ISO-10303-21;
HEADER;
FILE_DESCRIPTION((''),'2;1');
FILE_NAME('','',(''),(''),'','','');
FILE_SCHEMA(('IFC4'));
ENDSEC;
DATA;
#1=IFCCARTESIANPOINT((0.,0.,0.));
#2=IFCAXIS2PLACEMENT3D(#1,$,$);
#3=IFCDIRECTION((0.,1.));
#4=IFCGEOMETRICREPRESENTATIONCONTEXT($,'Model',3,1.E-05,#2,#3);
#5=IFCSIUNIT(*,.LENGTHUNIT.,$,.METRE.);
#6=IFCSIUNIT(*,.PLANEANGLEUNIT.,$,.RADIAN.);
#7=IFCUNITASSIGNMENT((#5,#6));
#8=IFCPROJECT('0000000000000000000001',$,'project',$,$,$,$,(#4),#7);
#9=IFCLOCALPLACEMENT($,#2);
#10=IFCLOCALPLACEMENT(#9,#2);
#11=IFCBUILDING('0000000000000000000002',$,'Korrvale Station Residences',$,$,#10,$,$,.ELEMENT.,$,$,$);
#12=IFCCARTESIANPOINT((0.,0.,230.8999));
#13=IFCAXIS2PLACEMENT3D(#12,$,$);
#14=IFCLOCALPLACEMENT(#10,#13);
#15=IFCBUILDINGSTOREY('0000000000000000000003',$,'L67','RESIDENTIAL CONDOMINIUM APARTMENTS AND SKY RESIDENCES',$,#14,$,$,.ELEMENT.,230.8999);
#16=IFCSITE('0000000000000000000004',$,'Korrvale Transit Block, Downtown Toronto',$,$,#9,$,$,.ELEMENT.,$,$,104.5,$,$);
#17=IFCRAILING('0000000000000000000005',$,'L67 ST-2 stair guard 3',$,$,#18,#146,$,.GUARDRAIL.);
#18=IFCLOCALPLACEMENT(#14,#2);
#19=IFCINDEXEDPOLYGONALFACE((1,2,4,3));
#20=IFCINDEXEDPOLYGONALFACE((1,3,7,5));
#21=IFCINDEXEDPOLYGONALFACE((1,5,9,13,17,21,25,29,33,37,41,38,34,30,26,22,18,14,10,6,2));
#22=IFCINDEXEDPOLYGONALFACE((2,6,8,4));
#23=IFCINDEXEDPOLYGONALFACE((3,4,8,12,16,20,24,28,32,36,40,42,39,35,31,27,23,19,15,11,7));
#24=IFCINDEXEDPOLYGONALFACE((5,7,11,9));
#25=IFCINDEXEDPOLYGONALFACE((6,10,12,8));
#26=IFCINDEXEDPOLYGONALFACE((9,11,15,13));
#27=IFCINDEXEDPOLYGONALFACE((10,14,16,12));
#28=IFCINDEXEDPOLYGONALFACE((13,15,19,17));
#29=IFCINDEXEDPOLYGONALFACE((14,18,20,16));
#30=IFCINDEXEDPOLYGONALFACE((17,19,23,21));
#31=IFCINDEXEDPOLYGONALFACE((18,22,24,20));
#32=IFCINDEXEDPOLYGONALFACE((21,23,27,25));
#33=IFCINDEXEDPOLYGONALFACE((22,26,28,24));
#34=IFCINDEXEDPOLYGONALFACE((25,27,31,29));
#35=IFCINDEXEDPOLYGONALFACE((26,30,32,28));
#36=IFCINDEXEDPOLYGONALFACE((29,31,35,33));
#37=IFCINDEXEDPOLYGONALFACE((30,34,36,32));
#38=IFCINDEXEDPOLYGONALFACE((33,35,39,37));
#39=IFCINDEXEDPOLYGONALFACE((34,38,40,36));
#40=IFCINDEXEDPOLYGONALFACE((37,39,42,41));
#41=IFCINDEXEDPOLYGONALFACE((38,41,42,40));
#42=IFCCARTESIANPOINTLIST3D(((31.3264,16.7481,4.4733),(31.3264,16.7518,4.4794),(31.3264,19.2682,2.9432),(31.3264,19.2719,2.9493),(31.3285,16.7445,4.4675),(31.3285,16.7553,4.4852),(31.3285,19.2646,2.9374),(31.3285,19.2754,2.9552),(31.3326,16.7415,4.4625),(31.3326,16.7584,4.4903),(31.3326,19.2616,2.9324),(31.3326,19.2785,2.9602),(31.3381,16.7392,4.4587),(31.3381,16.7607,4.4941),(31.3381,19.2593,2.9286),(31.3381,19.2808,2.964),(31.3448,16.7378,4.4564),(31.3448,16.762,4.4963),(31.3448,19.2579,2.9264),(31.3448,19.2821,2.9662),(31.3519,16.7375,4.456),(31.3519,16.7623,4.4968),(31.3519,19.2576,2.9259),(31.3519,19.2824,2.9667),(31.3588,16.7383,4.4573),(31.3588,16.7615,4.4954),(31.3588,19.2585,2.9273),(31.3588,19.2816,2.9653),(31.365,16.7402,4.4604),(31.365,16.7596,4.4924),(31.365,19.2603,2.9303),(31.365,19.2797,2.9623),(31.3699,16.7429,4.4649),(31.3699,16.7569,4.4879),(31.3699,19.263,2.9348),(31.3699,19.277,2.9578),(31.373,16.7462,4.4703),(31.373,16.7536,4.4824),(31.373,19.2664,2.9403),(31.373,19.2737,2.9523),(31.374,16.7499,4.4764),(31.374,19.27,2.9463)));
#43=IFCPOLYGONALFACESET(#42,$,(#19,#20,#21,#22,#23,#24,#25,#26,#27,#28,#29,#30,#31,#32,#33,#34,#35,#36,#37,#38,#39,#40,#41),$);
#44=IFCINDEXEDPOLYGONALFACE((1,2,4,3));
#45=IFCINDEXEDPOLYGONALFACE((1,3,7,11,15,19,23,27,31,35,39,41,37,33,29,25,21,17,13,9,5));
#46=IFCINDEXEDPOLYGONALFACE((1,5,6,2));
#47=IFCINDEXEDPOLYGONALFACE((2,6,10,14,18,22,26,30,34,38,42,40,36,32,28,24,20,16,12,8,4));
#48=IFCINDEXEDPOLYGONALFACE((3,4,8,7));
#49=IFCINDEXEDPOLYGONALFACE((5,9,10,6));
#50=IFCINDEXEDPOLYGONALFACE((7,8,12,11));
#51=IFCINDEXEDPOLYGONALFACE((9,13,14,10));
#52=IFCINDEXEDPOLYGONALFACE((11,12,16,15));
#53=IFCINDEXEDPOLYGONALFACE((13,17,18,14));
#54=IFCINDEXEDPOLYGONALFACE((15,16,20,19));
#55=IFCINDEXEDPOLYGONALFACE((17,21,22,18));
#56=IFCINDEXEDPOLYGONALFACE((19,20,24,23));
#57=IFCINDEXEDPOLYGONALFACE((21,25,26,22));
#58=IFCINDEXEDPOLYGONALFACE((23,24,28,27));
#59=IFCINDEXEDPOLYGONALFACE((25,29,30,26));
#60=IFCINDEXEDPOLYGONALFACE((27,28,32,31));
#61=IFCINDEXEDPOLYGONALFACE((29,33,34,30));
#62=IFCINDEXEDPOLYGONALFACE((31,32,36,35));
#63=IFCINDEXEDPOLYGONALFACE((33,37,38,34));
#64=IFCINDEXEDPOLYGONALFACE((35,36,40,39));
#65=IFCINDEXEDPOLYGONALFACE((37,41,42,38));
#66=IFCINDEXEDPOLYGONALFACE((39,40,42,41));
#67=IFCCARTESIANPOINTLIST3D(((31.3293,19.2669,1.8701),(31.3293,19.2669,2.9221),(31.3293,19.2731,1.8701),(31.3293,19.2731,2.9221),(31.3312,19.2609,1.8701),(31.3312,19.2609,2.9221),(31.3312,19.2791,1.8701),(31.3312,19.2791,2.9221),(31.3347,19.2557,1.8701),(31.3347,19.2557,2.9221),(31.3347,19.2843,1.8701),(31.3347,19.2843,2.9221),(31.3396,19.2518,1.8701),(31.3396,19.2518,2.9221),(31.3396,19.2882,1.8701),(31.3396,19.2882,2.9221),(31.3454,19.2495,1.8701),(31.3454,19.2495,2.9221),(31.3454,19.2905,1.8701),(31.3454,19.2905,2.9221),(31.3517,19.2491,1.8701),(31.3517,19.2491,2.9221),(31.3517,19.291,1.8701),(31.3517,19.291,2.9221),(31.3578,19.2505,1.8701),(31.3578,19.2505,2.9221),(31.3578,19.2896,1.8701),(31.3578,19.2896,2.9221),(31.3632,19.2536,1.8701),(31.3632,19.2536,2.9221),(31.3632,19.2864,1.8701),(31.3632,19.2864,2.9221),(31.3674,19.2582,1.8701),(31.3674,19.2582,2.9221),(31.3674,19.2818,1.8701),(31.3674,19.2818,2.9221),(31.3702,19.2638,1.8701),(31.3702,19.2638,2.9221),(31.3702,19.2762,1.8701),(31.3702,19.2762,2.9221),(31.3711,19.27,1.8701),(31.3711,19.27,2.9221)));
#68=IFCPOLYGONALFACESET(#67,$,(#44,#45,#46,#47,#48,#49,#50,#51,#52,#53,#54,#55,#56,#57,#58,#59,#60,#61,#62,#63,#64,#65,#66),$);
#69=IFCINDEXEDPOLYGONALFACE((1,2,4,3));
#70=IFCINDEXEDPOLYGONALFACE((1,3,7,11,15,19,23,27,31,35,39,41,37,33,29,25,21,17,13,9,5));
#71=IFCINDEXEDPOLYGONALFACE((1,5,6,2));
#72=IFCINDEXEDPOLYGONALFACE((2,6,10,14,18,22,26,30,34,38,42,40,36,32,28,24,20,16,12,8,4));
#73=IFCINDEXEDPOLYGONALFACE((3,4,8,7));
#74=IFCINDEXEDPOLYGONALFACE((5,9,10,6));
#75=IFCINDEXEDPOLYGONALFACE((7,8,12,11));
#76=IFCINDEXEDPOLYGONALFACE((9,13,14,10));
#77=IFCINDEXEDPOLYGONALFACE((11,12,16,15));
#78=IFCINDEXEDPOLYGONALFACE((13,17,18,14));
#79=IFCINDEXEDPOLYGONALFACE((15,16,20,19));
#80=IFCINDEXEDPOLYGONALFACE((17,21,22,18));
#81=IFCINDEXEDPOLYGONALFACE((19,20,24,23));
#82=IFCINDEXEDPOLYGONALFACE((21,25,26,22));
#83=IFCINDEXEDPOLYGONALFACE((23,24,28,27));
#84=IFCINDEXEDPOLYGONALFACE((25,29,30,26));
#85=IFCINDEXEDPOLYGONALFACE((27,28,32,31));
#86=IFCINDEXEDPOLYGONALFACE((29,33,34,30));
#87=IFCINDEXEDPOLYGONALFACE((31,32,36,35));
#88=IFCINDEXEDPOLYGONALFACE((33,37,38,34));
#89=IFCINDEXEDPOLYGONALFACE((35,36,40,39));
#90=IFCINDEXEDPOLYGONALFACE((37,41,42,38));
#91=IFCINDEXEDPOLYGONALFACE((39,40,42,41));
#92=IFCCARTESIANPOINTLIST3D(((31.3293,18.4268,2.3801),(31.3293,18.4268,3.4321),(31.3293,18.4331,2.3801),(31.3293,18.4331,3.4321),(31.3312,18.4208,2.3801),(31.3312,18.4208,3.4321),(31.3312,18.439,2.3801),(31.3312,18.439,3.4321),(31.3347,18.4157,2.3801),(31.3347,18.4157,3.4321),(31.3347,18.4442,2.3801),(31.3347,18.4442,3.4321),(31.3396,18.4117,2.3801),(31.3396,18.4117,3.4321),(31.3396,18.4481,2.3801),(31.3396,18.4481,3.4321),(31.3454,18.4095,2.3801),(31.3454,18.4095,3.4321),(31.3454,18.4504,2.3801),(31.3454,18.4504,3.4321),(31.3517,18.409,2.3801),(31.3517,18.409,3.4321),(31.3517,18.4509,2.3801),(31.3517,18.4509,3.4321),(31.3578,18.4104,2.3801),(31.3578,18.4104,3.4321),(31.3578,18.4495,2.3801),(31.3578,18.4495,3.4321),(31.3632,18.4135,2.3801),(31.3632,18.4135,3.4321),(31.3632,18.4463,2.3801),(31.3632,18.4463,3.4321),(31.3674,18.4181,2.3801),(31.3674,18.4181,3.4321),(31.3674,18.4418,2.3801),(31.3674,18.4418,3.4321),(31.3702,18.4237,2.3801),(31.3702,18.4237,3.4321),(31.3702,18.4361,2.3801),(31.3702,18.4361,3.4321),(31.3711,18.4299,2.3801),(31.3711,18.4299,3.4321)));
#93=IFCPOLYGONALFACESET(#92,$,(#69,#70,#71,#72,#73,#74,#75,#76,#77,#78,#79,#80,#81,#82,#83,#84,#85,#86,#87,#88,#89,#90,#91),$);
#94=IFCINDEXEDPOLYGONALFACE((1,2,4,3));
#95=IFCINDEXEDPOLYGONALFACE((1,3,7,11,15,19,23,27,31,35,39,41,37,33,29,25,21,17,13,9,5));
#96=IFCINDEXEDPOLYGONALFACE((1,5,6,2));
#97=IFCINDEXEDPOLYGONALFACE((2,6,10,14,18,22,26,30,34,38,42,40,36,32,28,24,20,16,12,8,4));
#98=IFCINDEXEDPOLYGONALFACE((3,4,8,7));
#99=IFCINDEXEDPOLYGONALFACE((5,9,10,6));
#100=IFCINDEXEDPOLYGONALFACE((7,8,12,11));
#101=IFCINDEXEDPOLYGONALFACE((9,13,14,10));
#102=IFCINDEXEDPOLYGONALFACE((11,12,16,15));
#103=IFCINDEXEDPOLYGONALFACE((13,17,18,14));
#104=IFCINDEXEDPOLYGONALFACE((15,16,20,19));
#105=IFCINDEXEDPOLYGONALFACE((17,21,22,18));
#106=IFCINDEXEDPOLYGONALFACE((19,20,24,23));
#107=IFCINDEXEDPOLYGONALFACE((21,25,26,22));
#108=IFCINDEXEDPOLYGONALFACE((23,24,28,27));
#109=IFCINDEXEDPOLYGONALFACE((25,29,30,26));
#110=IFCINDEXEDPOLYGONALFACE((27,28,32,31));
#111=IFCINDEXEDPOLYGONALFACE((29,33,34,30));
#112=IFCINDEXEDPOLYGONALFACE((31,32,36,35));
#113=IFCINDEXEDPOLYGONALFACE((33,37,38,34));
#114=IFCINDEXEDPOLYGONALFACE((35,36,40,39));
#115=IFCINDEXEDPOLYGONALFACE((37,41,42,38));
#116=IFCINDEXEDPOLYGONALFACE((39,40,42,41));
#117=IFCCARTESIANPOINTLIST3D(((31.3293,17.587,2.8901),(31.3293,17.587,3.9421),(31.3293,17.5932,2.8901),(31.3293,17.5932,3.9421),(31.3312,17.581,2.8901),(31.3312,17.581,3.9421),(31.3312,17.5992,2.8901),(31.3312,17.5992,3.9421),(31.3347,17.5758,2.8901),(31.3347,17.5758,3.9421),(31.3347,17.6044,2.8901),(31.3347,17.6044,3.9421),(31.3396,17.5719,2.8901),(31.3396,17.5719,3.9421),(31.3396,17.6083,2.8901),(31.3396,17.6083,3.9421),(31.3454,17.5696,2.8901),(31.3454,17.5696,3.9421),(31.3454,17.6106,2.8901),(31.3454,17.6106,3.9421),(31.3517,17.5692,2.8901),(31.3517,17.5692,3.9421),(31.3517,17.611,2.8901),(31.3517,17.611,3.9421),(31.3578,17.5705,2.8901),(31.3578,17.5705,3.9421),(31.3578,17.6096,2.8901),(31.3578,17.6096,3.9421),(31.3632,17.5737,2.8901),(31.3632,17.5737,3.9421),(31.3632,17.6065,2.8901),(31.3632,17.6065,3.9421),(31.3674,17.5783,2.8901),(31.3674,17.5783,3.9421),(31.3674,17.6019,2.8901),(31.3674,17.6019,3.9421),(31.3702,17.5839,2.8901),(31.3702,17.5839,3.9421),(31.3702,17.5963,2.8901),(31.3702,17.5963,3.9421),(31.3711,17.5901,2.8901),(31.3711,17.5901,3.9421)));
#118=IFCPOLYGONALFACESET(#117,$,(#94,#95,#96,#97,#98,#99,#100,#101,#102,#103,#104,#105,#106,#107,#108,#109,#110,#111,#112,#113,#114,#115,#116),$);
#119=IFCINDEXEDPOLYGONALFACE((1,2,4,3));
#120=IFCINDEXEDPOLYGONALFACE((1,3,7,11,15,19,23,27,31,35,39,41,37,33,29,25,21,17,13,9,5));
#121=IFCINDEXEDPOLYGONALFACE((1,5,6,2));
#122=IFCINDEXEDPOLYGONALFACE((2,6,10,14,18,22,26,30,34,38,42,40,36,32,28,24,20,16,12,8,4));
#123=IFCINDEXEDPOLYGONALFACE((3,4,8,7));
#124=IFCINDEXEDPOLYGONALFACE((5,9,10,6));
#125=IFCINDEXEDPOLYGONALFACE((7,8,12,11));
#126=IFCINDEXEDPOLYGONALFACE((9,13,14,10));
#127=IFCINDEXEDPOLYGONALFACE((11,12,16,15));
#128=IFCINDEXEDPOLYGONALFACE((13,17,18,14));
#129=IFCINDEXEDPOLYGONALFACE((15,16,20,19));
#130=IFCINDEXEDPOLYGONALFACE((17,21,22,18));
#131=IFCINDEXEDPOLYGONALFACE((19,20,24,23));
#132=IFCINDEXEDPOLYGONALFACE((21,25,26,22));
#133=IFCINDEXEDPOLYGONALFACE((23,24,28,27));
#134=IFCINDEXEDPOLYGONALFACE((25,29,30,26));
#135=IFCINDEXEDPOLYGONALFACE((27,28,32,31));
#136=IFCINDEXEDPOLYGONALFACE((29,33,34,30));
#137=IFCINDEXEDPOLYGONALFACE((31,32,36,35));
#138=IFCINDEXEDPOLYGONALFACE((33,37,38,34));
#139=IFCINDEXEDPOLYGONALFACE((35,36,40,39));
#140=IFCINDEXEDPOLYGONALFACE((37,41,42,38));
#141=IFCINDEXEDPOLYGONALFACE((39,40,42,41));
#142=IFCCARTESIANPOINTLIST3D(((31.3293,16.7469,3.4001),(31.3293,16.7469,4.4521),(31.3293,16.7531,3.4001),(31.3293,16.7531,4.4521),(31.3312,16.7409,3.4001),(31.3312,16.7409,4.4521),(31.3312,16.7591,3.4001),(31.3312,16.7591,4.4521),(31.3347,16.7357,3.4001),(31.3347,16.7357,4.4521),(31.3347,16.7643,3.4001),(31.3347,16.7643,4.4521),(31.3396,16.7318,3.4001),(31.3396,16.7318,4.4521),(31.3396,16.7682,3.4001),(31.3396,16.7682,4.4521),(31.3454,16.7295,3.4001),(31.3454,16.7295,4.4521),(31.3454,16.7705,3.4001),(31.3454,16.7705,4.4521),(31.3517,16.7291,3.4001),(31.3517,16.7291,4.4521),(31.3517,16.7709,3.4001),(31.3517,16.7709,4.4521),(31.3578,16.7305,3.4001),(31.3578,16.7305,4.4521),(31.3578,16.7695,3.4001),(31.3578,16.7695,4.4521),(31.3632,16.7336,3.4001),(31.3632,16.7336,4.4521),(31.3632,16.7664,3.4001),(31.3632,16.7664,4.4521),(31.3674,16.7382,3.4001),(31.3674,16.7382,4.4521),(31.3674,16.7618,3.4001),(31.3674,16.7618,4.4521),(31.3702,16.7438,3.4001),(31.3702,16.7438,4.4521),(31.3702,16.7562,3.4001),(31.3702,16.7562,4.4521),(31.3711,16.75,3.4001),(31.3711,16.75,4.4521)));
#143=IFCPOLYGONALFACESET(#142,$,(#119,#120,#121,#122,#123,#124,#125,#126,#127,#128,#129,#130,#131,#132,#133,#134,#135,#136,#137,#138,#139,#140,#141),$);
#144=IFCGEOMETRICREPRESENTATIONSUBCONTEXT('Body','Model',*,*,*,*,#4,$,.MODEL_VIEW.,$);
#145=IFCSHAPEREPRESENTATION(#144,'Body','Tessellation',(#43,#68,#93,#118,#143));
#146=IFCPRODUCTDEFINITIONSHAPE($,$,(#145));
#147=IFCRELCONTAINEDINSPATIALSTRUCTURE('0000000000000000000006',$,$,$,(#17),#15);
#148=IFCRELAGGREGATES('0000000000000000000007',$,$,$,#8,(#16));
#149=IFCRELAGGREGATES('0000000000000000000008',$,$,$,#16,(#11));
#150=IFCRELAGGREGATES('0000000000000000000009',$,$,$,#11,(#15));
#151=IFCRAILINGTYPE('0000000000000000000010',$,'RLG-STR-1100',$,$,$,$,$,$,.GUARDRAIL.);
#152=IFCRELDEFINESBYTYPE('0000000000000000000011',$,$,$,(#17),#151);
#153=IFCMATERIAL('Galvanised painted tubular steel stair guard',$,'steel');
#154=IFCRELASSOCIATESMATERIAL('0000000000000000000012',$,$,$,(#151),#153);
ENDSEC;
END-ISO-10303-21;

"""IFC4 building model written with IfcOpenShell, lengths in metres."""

from ifc_helpers import new_model, si_unit, direction, frame, origin, origin_2d, place, context, subcontext, project, spatial, circle, extrude, material, type_object, element, save


model = new_model("IFC4")

# Units and contexts
model_context = context("Model", 3, precision=1e-05, world=origin(), true_north=direction((0.0, 1.0)))
body_context = subcontext(model_context, "Body", "Model", "MODEL_VIEW")
ifc_project = project(units=[si_unit("LENGTHUNIT", "METRE"), si_unit("PLANEANGLEUNIT", "RADIAN")], contexts=[model_context])

# Site, building, storey
site_placement = place(None, origin())
site = spatial("IfcSite", under=ifc_project, at=site_placement, Name="Korrvale Transit Block, Downtown Toronto", CompositionType="ELEMENT", RefElevation=104.5)
building_placement = place(site_placement, origin())
building = spatial("IfcBuilding", under=site, at=building_placement, Name="Korrvale Station Residences", CompositionType="ELEMENT")
storey_placement = place(building_placement, frame((0.0, 0.0, 230.8999)))
storey = spatial("IfcBuildingStorey", under=building, at=storey_placement, Name="L67", Description="RESIDENTIAL CONDOMINIUM APARTMENTS AND SKY RESIDENCES", CompositionType="ELEMENT", Elevation=230.8999)

# Railing
ifc_material_1 = material(Name="Galvanised painted tubular steel stair guard", Category="steel")
railing_type_1 = type_object("IfcRailingType", Name="RLG-STR-1100", PredefinedType="GUARDRAIL", material=ifc_material_1)
railing_1_placement = place(storey_placement, frame((31.3501, 19.27, 1.8701)))
element("IfcRailing", 1, at=railing_1_placement, inside=storey, type_object=railing_type_1, Name="L67 ST-2 stair guard 3", PredefinedType="GUARDRAIL", context=body_context, shape_type="SweptSolid", body=[
    extrude(circle(Radius=0.0239, at=origin_2d()), frame((0.0, 0.0, 1.0762), z_axis=(0.0, -0.854785, 0.518982), x_axis=(1.0, 0.0, 0.0)), (0.0, 0.0, 1.0), 2.9482),
    extrude(circle(Radius=0.021, at=origin_2d()), origin(), (0.0, 0.0, 1.0), 1.052),
    extrude(circle(Radius=0.021, at=origin_2d()), frame((0.0, -0.8401, 0.51)), (0.0, 0.0, 1.0), 1.052),
    extrude(circle(Radius=0.021, at=origin_2d()), frame((0.0, -1.6799, 1.02)), (0.0, 0.0, 1.0), 1.052),
    extrude(circle(Radius=0.021, at=origin_2d()), frame((0.0, -2.52, 1.53)), (0.0, 0.0, 1.0), 1.052),
])

save(model, "model.ifc")
